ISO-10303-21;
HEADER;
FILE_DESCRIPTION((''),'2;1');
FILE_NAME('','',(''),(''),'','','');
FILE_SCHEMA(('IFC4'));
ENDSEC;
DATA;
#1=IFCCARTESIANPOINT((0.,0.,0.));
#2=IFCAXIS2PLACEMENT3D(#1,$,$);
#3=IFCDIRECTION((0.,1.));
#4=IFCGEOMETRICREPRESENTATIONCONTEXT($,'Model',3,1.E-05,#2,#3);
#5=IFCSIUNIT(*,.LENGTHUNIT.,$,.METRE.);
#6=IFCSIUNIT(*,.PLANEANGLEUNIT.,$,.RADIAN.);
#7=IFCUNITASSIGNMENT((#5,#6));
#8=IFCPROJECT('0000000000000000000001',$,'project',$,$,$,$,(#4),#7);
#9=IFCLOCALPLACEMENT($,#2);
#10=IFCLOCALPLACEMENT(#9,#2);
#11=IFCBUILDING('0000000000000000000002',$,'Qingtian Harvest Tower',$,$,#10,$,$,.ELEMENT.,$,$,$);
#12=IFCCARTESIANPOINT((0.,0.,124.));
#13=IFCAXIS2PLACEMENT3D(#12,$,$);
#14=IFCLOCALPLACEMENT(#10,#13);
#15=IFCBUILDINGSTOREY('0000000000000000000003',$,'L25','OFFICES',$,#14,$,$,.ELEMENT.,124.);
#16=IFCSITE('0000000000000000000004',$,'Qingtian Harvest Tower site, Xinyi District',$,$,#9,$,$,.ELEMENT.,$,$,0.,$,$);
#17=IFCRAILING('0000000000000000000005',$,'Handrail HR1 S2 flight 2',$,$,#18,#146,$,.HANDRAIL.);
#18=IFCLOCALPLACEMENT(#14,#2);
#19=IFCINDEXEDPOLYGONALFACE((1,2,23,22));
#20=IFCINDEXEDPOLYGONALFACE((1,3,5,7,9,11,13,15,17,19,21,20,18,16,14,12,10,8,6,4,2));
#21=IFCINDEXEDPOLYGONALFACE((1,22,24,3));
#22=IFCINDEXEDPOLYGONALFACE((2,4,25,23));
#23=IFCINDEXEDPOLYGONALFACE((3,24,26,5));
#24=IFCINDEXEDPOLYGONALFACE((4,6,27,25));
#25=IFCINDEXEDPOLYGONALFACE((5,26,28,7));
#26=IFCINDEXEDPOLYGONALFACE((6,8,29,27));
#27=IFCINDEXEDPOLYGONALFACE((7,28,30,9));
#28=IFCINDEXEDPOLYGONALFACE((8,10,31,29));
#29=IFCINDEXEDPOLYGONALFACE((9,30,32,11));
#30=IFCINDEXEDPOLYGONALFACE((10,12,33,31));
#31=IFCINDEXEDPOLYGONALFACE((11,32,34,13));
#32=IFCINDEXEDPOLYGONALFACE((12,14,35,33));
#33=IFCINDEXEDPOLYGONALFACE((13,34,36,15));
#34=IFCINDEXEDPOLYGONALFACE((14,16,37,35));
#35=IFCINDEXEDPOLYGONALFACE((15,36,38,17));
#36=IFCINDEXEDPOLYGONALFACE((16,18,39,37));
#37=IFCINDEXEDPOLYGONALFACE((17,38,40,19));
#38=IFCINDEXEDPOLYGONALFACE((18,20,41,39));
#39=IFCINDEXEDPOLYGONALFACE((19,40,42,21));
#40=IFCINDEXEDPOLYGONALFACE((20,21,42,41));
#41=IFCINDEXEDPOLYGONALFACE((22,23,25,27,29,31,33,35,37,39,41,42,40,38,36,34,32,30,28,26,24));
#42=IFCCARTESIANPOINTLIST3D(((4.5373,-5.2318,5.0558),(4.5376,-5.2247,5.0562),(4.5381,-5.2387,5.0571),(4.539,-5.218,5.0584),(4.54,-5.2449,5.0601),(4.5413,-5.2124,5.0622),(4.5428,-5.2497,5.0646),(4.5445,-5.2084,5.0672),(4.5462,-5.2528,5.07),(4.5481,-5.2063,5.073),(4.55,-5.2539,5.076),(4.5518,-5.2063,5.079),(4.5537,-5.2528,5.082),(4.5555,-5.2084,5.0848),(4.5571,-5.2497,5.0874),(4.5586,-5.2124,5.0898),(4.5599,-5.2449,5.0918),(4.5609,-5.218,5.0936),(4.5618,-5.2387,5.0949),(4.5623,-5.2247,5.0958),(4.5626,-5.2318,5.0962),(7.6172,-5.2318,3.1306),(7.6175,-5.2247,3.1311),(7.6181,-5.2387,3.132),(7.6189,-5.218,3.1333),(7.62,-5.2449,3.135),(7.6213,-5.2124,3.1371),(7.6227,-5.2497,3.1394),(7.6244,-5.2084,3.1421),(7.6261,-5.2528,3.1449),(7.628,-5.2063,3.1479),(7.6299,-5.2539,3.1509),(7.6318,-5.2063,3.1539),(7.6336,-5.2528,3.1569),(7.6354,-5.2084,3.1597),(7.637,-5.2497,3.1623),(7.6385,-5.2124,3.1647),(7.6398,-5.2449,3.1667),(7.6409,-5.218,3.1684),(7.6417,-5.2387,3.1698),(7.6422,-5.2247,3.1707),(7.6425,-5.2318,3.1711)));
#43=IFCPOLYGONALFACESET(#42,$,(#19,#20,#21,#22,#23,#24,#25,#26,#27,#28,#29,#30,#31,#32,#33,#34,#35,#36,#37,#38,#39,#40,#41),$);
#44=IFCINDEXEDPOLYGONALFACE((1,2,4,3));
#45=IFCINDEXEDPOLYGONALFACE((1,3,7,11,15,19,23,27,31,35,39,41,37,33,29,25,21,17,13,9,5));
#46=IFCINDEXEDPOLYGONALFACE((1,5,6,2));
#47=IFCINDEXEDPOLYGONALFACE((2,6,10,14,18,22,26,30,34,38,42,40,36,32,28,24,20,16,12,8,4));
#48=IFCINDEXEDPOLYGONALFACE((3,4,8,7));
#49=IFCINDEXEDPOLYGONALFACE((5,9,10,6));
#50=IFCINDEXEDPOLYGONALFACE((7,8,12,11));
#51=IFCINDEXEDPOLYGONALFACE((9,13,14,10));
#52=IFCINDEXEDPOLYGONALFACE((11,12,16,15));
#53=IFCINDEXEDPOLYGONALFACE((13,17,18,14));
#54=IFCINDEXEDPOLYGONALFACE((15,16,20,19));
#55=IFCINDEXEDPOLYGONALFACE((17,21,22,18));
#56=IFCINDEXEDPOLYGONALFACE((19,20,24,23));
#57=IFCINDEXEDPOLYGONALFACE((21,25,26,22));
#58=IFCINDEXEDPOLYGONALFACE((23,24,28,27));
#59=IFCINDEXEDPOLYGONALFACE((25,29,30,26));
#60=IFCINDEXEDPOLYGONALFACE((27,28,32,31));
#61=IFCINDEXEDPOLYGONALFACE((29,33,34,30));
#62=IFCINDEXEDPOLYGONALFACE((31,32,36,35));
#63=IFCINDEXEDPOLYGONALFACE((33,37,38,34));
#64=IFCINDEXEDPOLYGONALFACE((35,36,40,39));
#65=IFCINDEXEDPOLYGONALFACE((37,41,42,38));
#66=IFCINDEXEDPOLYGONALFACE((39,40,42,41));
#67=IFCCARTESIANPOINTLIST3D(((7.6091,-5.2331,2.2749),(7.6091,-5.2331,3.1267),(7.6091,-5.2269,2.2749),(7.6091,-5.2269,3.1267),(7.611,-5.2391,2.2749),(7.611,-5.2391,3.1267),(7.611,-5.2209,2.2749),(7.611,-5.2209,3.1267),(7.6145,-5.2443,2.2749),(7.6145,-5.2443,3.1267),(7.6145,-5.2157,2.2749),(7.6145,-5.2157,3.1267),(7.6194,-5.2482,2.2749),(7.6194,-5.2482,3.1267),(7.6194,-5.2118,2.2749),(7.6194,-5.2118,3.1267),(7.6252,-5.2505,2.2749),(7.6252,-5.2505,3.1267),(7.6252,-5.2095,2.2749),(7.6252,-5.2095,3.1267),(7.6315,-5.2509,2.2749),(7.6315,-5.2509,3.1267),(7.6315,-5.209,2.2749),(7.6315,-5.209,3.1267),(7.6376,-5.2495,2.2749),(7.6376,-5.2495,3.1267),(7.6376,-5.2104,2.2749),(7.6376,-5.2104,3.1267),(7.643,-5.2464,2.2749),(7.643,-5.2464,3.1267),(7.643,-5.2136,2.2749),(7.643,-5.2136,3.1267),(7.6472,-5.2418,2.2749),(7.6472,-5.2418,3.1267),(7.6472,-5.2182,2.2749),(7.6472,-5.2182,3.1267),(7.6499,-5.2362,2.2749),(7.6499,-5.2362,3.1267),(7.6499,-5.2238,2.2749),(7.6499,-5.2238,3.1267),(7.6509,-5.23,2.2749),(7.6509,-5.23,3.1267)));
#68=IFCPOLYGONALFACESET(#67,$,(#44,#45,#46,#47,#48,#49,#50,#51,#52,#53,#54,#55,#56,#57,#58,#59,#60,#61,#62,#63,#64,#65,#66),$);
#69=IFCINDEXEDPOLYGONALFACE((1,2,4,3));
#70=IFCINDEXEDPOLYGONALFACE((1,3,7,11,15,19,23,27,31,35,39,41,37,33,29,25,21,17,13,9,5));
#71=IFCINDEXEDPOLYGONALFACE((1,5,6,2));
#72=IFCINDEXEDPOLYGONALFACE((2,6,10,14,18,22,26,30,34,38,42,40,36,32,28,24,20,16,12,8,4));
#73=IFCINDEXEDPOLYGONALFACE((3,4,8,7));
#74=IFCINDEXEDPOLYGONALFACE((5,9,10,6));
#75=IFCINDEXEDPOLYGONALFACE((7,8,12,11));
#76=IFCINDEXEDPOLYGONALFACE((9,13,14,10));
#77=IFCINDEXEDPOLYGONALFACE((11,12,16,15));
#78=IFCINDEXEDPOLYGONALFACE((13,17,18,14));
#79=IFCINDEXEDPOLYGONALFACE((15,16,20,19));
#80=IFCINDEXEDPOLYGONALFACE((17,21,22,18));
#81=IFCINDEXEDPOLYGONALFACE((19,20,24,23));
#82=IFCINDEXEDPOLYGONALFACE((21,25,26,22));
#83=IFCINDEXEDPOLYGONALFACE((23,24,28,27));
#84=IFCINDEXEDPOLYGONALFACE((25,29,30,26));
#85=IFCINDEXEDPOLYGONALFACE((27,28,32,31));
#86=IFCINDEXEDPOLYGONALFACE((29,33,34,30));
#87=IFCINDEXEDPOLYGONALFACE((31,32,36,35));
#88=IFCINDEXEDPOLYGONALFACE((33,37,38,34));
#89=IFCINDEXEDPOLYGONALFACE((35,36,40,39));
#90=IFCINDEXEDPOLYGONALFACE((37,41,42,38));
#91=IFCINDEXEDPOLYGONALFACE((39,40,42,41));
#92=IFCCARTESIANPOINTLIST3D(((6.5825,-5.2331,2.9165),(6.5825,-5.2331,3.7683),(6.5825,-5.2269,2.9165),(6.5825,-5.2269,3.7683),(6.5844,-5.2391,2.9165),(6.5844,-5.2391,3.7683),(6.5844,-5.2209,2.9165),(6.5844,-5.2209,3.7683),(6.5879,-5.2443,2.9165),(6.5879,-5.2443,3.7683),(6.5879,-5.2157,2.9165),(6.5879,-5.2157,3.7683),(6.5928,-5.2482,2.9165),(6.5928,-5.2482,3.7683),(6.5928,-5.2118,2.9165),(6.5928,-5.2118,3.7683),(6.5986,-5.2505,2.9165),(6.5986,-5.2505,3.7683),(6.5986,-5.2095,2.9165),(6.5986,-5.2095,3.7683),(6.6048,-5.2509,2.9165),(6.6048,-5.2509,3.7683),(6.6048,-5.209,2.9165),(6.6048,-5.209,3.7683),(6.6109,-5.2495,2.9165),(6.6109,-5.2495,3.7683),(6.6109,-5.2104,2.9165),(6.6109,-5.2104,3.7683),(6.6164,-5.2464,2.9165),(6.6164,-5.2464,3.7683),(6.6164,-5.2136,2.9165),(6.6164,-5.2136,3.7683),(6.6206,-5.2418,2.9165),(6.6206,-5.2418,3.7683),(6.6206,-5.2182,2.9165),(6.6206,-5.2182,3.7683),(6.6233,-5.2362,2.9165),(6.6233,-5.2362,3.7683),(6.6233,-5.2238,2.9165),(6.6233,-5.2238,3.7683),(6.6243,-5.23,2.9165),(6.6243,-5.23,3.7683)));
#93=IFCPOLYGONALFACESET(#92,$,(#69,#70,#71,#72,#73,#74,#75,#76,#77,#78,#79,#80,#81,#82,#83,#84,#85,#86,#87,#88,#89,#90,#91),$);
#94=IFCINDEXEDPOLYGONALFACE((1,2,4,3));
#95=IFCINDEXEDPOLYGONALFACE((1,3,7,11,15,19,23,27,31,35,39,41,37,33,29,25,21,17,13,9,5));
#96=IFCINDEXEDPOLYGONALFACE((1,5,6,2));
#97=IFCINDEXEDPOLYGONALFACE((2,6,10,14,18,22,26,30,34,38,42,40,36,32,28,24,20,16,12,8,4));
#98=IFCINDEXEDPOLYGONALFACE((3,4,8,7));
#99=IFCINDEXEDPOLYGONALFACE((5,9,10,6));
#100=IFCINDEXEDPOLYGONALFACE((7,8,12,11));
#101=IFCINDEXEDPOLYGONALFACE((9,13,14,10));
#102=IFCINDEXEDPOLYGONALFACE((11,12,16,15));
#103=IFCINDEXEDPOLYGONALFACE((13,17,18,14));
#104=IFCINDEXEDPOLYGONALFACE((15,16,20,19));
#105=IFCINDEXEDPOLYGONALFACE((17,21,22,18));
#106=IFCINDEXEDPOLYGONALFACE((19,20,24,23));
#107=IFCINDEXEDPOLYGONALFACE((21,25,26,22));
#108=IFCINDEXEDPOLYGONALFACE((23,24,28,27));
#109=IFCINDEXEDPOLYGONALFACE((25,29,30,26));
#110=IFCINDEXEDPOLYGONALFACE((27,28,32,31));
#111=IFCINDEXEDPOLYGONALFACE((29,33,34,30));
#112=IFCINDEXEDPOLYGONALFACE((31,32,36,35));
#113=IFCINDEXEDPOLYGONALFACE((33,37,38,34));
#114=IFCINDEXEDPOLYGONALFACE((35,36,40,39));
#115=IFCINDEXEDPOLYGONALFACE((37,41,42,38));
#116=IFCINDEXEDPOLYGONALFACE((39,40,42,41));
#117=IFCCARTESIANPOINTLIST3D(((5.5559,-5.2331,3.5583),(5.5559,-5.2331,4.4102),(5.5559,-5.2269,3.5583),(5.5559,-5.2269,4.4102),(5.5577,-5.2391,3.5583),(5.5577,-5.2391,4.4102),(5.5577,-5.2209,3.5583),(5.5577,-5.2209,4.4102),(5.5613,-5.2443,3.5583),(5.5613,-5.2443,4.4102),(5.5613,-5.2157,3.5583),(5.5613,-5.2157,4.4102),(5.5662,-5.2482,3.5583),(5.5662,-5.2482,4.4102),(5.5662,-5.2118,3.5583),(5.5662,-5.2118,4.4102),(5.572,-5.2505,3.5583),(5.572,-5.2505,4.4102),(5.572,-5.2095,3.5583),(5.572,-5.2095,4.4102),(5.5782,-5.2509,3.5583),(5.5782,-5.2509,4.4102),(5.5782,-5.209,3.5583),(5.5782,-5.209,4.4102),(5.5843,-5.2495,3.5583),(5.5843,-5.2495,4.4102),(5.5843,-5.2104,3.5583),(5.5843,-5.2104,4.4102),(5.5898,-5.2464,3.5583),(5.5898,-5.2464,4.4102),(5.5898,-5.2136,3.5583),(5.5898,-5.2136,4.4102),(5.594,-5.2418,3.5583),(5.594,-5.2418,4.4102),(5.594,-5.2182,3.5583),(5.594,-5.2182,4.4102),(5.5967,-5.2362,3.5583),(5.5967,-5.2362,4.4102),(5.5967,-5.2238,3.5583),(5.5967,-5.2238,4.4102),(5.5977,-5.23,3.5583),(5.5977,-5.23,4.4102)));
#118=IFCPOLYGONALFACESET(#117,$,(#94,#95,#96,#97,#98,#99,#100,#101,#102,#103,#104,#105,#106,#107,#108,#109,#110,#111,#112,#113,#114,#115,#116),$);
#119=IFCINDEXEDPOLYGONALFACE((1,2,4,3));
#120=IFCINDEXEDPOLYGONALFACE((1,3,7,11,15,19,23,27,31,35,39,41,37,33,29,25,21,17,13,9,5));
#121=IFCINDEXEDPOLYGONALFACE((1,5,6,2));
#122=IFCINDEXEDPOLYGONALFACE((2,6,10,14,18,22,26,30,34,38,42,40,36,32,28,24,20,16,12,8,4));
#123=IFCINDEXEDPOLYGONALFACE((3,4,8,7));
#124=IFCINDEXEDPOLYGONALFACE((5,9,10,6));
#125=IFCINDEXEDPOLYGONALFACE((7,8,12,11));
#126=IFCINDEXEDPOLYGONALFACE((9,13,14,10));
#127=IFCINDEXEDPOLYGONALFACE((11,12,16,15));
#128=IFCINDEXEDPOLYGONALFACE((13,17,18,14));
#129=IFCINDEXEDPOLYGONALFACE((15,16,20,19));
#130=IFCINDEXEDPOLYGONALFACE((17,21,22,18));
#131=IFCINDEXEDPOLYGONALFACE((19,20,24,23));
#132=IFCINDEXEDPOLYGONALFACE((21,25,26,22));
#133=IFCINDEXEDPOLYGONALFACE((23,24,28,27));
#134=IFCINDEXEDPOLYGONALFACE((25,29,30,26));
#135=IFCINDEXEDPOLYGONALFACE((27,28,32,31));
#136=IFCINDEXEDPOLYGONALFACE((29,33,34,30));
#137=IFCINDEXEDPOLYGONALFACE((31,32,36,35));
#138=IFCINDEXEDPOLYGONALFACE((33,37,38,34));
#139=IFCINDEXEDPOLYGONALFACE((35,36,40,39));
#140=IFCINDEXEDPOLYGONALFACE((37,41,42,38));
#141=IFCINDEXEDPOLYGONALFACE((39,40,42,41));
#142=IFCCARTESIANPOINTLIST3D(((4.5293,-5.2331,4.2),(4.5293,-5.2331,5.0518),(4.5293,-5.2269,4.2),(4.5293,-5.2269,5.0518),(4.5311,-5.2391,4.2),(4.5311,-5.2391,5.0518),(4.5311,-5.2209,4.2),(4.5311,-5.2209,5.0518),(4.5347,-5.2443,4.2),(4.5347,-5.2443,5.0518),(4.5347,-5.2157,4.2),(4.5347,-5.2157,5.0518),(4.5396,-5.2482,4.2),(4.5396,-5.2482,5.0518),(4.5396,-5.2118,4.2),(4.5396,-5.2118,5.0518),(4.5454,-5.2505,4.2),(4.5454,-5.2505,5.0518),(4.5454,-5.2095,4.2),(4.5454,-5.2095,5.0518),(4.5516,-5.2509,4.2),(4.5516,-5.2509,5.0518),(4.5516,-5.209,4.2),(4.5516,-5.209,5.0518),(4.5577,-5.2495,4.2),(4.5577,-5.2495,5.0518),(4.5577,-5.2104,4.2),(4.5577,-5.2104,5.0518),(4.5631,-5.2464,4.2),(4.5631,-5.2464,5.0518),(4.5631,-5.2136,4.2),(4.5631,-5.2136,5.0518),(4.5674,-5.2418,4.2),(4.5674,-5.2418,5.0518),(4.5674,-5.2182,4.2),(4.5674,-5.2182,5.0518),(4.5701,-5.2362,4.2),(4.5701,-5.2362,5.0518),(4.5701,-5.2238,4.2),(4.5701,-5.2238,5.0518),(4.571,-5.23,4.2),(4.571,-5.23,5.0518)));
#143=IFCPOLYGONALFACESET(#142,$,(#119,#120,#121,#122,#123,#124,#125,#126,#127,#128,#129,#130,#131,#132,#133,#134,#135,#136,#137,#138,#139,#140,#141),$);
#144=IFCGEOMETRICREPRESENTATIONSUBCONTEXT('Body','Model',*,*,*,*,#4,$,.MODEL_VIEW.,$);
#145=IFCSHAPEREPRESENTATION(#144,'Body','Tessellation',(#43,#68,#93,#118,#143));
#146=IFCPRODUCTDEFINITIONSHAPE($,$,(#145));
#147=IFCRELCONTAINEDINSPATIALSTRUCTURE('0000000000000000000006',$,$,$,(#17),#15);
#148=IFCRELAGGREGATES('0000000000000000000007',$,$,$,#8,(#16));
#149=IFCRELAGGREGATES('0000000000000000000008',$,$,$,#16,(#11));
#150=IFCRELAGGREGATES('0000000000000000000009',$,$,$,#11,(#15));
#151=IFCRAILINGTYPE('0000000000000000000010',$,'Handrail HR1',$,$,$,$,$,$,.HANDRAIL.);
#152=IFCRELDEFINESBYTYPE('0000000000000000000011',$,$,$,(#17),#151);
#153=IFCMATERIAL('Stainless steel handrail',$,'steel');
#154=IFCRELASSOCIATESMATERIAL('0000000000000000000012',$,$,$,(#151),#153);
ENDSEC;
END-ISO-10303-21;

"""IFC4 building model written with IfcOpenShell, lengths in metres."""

from ifc_helpers import new_model, si_unit, direction, frame, origin, origin_2d, place, context, subcontext, project, spatial, circle, extrude, material, type_object, element, save


model = new_model("IFC4")

# Units and contexts
model_context = context("Model", 3, precision=1e-05, world=origin(), true_north=direction((0.0, 1.0)))
body_context = subcontext(model_context, "Body", "Model", "MODEL_VIEW")
ifc_project = project(units=[si_unit("LENGTHUNIT", "METRE"), si_unit("PLANEANGLEUNIT", "RADIAN")], contexts=[model_context])

# Site, building, storey
site_placement = place(None, origin())
site = spatial("IfcSite", under=ifc_project, at=site_placement, Name="Qingtian Harvest Tower site, Xinyi District", CompositionType="ELEMENT", RefElevation=0.0)
building_placement = place(site_placement, origin())
building = spatial("IfcBuilding", under=site, at=building_placement, Name="Qingtian Harvest Tower", CompositionType="ELEMENT")
storey_placement = place(building_placement, frame((0.0, 0.0, 124.0)))
storey = spatial("IfcBuildingStorey", under=building, at=storey_placement, Name="L25", Description="OFFICES", CompositionType="ELEMENT", Elevation=124.0)

# Railing
ifc_material_1 = material(Name="Stainless steel handrail", Category="steel")
railing_type = type_object("IfcRailingType", Name="Handrail HR1", PredefinedType="HANDRAIL", material=ifc_material_1)
railing_1_placement = place(storey_placement, frame((7.6299, -5.23, 2.2749)))
element("IfcRailing", 1, at=railing_1_placement, inside=storey, type_object=railing_type, Name="Handrail HR1 S2 flight 2", PredefinedType="HANDRAIL", context=body_context, shape_type="SweptSolid", body=[
    extrude(circle(Radius=0.0239, at=origin_2d()), frame((0.0, 0.0, 0.876), z_axis=(-0.847979, 0.0, 0.530029), x_axis=(0.0, -1.0, 0.0)), (0.0, 0.0, 1.0), 3.6321),
    extrude(circle(Radius=0.021, at=origin_2d()), origin(), (0.0, 0.0, 1.0), 0.8518),
    extrude(circle(Radius=0.021, at=origin_2d()), frame((-1.0266, 0.0, 0.6416)), (0.0, 0.0, 1.0), 0.8518),
    extrude(circle(Radius=0.021, at=origin_2d()), frame((-2.0532, 0.0, 1.2834)), (0.0, 0.0, 1.0), 0.8518),
    extrude(circle(Radius=0.021, at=origin_2d()), frame((-3.0798, 0.0, 1.925)), (0.0, 0.0, 1.0), 0.8518),
])

save(model, "model.ifc")
